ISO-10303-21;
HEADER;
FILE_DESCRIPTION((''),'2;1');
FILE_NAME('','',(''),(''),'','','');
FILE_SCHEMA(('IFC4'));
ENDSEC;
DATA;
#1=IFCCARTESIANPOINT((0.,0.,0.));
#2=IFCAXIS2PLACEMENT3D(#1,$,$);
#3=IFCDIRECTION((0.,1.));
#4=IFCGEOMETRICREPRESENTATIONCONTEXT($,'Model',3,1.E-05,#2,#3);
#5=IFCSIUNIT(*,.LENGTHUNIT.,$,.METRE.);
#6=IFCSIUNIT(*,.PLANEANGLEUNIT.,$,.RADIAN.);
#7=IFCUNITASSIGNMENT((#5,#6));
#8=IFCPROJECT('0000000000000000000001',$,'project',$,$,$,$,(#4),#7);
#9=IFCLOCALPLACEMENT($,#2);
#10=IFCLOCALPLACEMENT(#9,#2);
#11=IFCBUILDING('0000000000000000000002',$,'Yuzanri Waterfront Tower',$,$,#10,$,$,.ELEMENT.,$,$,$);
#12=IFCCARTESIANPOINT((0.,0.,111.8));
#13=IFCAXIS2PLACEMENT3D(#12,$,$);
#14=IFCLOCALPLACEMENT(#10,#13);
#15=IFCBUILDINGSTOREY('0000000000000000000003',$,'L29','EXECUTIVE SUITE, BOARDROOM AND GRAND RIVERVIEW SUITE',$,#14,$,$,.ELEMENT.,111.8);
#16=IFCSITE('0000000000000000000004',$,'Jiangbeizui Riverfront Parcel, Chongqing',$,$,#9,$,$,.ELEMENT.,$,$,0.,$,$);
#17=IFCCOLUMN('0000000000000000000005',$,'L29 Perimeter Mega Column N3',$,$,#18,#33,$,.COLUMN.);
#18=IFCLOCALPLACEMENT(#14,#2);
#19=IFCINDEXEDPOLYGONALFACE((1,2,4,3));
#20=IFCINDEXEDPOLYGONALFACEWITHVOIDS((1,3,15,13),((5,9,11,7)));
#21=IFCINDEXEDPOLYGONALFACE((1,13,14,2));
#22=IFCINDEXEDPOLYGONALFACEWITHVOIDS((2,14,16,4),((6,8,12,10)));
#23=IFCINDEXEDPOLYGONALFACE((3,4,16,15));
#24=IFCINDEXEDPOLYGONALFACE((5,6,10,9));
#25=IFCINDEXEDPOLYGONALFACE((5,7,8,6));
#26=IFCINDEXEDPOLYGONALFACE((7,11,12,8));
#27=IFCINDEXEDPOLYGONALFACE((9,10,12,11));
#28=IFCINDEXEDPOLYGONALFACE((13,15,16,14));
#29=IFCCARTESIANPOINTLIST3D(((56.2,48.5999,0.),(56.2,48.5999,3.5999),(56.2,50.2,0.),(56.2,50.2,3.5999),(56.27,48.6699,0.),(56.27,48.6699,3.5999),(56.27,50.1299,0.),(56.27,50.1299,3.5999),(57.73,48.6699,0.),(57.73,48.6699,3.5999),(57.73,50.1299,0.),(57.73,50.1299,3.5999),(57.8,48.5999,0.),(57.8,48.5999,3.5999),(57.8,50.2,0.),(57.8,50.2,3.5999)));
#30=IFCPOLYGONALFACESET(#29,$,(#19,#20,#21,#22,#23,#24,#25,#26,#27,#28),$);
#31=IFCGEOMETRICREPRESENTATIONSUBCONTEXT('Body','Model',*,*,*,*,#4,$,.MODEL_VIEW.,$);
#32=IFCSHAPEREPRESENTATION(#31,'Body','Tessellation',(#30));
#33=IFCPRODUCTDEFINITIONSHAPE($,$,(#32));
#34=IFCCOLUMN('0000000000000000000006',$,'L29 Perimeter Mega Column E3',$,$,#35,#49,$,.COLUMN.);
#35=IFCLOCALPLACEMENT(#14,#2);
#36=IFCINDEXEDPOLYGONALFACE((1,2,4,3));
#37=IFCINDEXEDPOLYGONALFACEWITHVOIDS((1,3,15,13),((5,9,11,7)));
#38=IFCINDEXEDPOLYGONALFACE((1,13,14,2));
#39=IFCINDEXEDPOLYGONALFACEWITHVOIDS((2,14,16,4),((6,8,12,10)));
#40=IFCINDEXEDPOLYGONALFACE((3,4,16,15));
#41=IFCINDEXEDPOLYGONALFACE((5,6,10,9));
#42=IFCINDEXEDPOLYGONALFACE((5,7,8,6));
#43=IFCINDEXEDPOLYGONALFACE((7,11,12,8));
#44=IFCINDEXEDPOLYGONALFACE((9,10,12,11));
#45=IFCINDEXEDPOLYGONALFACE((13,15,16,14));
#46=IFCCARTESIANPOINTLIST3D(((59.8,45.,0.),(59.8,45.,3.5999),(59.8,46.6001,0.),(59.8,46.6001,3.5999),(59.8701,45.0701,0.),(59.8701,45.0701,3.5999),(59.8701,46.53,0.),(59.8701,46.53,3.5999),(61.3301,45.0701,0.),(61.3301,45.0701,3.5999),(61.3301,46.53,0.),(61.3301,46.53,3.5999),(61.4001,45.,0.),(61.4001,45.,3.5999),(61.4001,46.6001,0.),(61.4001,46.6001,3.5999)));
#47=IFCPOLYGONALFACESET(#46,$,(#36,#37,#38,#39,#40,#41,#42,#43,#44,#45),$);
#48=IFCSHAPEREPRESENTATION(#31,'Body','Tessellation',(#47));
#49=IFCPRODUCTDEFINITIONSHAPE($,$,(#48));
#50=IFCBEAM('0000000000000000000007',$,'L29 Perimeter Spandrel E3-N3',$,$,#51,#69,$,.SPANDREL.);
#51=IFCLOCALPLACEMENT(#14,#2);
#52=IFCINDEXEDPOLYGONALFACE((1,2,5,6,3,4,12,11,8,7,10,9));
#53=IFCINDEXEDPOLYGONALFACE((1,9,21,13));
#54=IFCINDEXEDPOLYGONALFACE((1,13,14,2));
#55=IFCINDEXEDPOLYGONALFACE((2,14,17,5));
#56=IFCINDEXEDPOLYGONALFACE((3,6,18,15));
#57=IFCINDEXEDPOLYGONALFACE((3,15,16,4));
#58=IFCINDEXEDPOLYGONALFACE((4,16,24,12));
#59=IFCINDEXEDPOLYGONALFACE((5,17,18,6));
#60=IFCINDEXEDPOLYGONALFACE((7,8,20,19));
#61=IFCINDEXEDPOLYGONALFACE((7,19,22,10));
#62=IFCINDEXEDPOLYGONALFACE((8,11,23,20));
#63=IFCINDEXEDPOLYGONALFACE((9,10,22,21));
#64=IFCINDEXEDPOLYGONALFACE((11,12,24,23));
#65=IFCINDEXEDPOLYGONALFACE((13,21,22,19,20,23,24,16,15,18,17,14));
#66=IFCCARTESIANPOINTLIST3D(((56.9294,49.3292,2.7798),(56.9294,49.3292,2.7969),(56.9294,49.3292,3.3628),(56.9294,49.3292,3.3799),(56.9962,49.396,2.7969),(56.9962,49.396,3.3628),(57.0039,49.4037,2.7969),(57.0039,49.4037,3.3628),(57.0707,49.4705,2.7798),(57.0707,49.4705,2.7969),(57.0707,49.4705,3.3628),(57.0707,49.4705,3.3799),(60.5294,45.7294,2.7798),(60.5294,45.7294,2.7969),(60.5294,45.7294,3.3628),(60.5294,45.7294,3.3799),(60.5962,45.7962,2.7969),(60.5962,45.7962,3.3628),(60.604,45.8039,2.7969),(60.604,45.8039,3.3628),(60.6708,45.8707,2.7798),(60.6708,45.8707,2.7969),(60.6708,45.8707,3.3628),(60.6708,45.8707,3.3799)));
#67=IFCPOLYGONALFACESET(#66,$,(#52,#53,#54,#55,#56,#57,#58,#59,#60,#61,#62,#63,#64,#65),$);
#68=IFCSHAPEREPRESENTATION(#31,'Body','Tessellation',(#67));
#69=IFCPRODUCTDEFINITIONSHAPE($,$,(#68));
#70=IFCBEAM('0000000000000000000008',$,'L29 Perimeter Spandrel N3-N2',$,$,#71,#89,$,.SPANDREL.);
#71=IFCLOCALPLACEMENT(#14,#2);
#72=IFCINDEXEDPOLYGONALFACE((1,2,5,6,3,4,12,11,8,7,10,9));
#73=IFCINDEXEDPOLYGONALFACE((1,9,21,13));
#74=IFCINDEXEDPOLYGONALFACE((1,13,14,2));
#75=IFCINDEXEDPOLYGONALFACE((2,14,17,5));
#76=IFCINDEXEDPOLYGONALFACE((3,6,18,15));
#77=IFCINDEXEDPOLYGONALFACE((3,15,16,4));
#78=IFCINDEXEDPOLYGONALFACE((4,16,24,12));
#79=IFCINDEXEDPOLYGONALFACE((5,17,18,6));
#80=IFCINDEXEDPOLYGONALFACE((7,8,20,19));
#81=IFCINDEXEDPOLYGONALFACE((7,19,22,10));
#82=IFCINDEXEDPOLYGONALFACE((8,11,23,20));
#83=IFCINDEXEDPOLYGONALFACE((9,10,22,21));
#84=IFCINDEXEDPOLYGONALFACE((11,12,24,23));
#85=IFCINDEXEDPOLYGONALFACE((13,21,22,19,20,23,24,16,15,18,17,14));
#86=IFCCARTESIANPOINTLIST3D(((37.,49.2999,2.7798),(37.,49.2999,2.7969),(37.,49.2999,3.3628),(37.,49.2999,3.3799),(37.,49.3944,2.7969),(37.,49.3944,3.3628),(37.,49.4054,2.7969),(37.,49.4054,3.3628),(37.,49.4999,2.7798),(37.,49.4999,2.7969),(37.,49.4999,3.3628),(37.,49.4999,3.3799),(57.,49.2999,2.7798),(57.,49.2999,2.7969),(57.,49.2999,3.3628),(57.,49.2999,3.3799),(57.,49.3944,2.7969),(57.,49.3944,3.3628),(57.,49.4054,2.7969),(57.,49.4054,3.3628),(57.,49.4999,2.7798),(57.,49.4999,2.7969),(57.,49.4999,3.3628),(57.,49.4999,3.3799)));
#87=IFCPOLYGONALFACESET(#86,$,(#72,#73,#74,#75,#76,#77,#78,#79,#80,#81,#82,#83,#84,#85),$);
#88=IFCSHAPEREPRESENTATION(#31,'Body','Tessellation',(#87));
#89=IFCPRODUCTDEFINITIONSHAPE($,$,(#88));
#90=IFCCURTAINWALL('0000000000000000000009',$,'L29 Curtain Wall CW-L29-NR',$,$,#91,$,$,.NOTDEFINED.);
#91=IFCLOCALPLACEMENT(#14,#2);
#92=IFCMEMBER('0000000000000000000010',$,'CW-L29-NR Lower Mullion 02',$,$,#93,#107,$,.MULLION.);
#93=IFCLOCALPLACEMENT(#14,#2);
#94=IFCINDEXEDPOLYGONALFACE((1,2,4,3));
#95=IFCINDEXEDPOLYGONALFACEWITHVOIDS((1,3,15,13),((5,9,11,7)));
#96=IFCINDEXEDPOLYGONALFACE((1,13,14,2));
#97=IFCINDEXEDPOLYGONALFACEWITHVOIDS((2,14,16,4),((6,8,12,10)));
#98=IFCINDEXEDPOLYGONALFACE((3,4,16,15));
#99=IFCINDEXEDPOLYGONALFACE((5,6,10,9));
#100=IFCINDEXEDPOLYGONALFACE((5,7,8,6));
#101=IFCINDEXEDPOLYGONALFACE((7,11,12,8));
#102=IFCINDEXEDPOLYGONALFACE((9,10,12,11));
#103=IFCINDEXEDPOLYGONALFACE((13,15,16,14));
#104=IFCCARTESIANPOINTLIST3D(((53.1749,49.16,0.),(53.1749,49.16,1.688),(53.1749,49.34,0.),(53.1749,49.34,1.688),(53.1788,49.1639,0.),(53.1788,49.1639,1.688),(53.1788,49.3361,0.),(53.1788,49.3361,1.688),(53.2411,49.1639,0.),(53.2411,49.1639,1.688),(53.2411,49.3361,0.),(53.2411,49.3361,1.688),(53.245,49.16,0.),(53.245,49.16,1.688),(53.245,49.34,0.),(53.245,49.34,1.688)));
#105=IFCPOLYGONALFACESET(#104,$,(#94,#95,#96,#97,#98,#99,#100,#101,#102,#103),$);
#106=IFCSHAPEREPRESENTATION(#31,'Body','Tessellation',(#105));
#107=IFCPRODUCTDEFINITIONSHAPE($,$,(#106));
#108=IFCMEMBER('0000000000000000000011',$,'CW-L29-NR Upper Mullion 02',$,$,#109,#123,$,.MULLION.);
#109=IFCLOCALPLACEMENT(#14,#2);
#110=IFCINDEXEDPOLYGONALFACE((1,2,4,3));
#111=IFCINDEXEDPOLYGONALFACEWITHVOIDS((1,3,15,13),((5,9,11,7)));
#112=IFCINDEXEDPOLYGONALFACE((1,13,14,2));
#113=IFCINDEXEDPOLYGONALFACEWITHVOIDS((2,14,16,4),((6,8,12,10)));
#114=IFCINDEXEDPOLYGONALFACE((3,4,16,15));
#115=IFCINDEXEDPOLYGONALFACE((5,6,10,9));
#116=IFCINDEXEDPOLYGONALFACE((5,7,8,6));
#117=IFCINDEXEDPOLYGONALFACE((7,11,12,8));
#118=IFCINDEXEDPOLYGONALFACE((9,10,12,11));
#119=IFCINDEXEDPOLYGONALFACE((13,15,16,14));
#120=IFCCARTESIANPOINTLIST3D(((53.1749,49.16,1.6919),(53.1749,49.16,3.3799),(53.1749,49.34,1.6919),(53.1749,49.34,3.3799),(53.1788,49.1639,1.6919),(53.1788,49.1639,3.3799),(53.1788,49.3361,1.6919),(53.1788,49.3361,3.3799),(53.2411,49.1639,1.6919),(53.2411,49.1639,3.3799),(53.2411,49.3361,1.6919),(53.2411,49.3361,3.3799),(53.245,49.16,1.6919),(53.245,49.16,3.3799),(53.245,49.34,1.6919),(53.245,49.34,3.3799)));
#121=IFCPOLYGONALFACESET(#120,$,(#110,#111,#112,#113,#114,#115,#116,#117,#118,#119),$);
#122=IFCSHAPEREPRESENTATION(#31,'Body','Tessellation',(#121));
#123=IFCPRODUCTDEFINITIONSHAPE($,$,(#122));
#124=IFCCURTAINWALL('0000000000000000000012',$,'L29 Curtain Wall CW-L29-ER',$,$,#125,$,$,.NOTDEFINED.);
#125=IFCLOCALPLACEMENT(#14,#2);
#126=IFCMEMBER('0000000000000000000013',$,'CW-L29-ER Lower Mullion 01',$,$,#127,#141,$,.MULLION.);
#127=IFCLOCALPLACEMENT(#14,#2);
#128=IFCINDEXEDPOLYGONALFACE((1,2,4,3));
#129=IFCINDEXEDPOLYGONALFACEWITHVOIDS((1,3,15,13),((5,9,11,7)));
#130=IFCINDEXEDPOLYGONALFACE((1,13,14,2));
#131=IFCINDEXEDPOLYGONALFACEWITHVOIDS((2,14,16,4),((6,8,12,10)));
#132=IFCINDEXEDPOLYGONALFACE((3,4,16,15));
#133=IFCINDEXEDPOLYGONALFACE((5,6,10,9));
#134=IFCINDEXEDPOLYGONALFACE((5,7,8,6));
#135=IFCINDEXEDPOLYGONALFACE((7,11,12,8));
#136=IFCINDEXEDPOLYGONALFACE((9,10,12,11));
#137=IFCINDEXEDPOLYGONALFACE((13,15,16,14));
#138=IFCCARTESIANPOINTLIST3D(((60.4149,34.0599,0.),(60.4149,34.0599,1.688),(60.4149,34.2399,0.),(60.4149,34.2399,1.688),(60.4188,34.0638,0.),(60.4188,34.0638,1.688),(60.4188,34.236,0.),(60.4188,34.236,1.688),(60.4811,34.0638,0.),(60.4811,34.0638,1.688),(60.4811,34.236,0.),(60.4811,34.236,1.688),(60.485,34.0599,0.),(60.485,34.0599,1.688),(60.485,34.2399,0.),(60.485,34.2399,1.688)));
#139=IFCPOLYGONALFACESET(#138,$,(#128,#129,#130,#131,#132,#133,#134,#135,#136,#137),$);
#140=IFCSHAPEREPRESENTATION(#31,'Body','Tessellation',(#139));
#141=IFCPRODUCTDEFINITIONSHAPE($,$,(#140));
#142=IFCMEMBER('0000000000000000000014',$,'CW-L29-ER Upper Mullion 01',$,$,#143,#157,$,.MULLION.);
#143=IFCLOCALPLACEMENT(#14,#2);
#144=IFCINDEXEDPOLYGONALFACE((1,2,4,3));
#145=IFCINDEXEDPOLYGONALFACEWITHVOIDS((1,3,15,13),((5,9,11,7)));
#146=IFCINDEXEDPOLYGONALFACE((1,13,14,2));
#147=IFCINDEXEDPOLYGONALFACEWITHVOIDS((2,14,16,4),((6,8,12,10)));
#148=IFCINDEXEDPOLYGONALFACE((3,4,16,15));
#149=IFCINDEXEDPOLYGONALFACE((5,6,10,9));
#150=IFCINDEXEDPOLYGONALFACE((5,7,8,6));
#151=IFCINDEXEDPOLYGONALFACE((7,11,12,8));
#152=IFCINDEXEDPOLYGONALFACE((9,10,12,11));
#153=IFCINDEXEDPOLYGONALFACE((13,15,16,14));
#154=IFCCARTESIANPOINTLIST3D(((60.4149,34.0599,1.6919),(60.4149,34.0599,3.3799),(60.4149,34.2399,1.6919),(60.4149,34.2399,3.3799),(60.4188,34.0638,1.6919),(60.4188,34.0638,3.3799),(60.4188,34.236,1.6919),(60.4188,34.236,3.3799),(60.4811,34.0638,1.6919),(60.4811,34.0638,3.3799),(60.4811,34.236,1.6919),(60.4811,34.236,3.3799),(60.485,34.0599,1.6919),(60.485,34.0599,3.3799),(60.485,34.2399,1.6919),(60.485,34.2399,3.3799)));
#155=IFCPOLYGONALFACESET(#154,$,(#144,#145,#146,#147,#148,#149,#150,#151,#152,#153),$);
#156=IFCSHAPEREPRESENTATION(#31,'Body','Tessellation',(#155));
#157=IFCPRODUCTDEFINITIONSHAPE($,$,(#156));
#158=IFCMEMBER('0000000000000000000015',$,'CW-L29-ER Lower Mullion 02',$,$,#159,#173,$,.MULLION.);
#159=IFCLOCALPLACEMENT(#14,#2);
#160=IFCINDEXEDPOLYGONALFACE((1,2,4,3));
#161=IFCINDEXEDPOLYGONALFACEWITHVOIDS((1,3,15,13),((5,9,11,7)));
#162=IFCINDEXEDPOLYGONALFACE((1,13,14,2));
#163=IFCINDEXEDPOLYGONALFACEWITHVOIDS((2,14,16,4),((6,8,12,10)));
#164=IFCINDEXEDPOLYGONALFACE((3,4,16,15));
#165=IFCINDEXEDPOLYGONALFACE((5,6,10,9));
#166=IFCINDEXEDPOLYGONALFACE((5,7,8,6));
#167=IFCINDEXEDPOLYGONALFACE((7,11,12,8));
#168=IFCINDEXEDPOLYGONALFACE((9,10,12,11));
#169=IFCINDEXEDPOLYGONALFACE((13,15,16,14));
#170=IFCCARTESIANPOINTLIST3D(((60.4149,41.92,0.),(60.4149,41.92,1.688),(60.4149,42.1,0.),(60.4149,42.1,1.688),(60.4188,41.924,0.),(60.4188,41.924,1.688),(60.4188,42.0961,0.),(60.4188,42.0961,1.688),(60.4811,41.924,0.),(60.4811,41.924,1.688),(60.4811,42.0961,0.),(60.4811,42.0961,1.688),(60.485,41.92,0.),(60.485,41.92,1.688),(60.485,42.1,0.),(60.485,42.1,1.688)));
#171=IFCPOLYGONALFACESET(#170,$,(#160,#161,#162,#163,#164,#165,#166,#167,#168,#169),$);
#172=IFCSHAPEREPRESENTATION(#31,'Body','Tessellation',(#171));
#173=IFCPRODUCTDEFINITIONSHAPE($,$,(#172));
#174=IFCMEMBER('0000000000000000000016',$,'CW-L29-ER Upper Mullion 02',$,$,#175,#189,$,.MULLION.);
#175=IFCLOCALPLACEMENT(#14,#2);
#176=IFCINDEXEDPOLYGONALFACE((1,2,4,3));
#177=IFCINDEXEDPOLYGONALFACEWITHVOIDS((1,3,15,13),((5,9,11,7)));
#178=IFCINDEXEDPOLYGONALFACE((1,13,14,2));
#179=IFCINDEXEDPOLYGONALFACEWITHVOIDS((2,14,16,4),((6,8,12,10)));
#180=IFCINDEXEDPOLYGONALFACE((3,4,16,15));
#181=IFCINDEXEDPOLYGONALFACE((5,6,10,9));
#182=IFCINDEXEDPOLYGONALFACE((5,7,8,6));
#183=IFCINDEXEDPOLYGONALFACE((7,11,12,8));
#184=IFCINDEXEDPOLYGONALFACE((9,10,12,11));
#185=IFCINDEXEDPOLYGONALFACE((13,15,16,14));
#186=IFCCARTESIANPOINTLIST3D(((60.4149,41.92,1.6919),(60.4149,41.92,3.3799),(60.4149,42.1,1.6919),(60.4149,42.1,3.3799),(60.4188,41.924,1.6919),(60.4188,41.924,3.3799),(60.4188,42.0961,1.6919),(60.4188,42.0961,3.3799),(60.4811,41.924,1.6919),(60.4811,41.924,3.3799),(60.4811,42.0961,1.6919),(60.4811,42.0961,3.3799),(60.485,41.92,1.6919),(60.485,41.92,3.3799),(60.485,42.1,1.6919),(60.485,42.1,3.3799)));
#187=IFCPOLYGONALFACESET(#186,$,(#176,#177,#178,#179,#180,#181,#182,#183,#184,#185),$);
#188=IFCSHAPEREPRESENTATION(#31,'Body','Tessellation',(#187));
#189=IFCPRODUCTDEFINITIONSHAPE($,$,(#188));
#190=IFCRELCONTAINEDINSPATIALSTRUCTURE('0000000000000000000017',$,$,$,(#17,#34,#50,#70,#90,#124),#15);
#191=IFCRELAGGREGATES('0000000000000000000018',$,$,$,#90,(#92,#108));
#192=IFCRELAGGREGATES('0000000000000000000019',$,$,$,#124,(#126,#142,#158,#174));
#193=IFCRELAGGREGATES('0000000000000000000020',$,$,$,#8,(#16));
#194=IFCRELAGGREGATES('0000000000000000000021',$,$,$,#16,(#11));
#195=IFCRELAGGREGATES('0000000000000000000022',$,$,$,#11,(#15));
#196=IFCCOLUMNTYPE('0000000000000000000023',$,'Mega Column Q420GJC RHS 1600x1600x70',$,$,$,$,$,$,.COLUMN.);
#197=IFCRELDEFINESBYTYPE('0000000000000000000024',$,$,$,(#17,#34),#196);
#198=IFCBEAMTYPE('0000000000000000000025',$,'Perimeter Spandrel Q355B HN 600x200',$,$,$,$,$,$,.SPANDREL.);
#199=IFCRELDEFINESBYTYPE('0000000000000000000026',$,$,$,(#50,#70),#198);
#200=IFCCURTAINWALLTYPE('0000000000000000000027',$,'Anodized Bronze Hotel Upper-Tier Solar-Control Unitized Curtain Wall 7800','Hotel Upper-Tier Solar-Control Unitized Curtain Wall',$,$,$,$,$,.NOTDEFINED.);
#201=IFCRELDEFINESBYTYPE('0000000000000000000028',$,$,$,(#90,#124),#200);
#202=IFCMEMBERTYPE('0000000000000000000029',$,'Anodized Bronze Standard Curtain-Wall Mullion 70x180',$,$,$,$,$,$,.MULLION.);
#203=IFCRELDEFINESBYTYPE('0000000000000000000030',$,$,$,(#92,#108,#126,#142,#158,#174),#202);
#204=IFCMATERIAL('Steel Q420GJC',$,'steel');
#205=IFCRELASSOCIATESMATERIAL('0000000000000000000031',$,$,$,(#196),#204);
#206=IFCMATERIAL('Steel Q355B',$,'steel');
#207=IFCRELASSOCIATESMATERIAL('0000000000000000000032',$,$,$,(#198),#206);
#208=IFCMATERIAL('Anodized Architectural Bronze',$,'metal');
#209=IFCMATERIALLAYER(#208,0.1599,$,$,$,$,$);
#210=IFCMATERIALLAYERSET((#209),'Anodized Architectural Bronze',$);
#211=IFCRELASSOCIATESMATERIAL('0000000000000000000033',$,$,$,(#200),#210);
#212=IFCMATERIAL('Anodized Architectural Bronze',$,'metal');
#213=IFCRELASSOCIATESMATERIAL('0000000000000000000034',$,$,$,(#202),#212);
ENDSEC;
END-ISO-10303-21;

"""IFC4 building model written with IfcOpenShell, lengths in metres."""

from ifc_helpers import new_model, si_unit, direction, frame, origin, origin_2d, place, context, subcontext, project, spatial, hollow_rectangle, i_section, extrude, source, transform, mapped, material, layer, layer_set, material_profile, profile_set, type_object, element, aggregate, save


model = new_model("IFC4")

# Units and contexts
model_context = context("Model", 3, precision=1e-05, world=origin(), true_north=direction((0.0, 1.0)))
body_context = subcontext(model_context, "Body", "Model", "MODEL_VIEW")
ifc_project = project(units=[si_unit("LENGTHUNIT", "METRE"), si_unit("PLANEANGLEUNIT", "RADIAN")], contexts=[model_context])

# Site, building, storey
site_placement = place(None, origin())
site = spatial("IfcSite", under=ifc_project, at=site_placement, Name="Jiangbeizui Riverfront Parcel, Chongqing", CompositionType="ELEMENT", RefElevation=0.0)
building_placement = place(site_placement, origin())
building = spatial("IfcBuilding", under=site, at=building_placement, Name="Yuzanri Waterfront Tower", CompositionType="ELEMENT")
storey_placement = place(building_placement, frame((0.0, 0.0, 111.8)))
storey = spatial("IfcBuildingStorey", under=building, at=storey_placement, Name="L29", Description="EXECUTIVE SUITE, BOARDROOM AND GRAND RIVERVIEW SUITE", CompositionType="ELEMENT", Elevation=111.8)

# Columns
ifc_material_1 = material(Name="Steel Q420GJC", Category="steel")
ifc_material_profile_1 = material_profile(ifc_material_1, hollow_rectangle(XDim=1.6001, YDim=1.6001, WallThickness=0.0701, at=origin_2d()), Name="RHS 1600x1600x70")
ifc_profile_set_1 = profile_set([ifc_material_profile_1], Name="Steel Q420GJC")
column_type = type_object("IfcColumnType", Name="Mega Column Q420GJC RHS 1600x1600x70", PredefinedType="COLUMN", material=ifc_profile_set_1)
shared_shape_1 = source(origin(), body_context, "Body", "SweptSolid", [
    extrude(hollow_rectangle(XDim=1.6001, YDim=1.6001, WallThickness=0.0701, at=origin_2d()), origin(), (0.0, 0.0, 1.0), 3.5999),
])
for number, where, z_axis, x_axis, name in (
    (1, (57.0, 49.3999, 0.0), (0.0, 0.0, 1.0), (1.0, 0.0, 0.0), "L29 Perimeter Mega Column N3"),
    (2, (60.6001, 45.8, 0.0), (0.0, 0.0, 1.0), (1.0, 0.0, 0.0), "L29 Perimeter Mega Column E3"),
):
    element("IfcColumn", number, at=place(storey_placement, frame(where, z_axis=z_axis, x_axis=x_axis)), inside=storey, type_object=column_type, Name=name, PredefinedType="COLUMN", context=body_context, shape_type="MappedRepresentation", body=[
        mapped(shared_shape_1, transform((0.0, 0.0, 0.0), scale=1.0)),
    ])

# Beams
ifc_material_2 = material(Name="Steel Q355B", Category="steel")
ifc_material_profile_2 = material_profile(ifc_material_2, i_section(OverallWidth=0.2, OverallDepth=0.6001, WebThickness=0.011, FlangeThickness=0.0171, at=origin_2d()), Name="HN 600x200x11x17")
ifc_profile_set_2 = profile_set([ifc_material_profile_2], Name="Steel Q355B")
beam_type = type_object("IfcBeamType", Name="Perimeter Spandrel Q355B HN 600x200", PredefinedType="SPANDREL", material=ifc_profile_set_2)
shared_shape_2 = source(origin(), body_context, "Body", "SweptSolid", [
    extrude(i_section(OverallWidth=0.2, OverallDepth=0.6001, WebThickness=0.011, FlangeThickness=0.0171, at=origin_2d()), origin(), (0.0, 0.0, 1.0), 5.0911),
])
beam_1_placement = place(storey_placement, frame((60.6001, 45.8, 3.0798), z_axis=(-0.707131, 0.707083, 0.0), x_axis=(-0.707083, -0.707131, 0.0)))
element("IfcBeam", 3, at=beam_1_placement, inside=storey, type_object=beam_type, Name="L29 Perimeter Spandrel E3-N3", PredefinedType="SPANDREL", context=body_context, shape_type="MappedRepresentation", body=[
    mapped(shared_shape_2, transform((0.0, 0.0, 0.0), scale=1.0)),
])
shared_shape_3 = source(origin(), body_context, "Body", "SweptSolid", [
    extrude(i_section(OverallWidth=0.2, OverallDepth=0.6001, WebThickness=0.011, FlangeThickness=0.0171, at=origin_2d()), origin(), (0.0, 0.0, 1.0), 20.0),
])
beam_2_placement = place(storey_placement, frame((57.0, 49.3999, 3.0798), z_axis=(-1.0, 0.0, 0.0), x_axis=(0.0, -1.0, 0.0)))
element("IfcBeam", 4, at=beam_2_placement, inside=storey, type_object=beam_type, Name="L29 Perimeter Spandrel N3-N2", PredefinedType="SPANDREL", context=body_context, shape_type="MappedRepresentation", body=[
    mapped(shared_shape_3, transform((0.0, 0.0, 0.0), scale=1.0)),
])

# Curtain walls, members
ifc_material_3 = material(Name="Anodized Architectural Bronze", Category="metal")
ifc_layer_1 = layer(ifc_material_3, 0.1599)
ifc_layer_set_1 = layer_set([ifc_layer_1], Name="Anodized Architectural Bronze")
curtain_wall_type = type_object("IfcCurtainWallType", Name="Anodized Bronze Hotel Upper-Tier Solar-Control Unitized Curtain Wall 7800", Description="Hotel Upper-Tier Solar-Control Unitized Curtain Wall", PredefinedType="NOTDEFINED", material=ifc_layer_set_1)
curtain_wall_1_placement = place(storey_placement, origin())
curtain_wall_1 = element("IfcCurtainWall", 5, at=curtain_wall_1_placement, inside=storey, type_object=curtain_wall_type, Name="L29 Curtain Wall CW-L29-NR", PredefinedType="NOTDEFINED")
ifc_material_4 = material(Name="Anodized Architectural Bronze", Category="metal")
ifc_material_profile_3 = material_profile(ifc_material_4, hollow_rectangle(XDim=0.0701, YDim=0.1799, WallThickness=0.0039, at=origin_2d()), Name="CWM 70x180")
ifc_profile_set_3 = profile_set([ifc_material_profile_3], Name="Anodized Architectural Bronze")
member_type = type_object("IfcMemberType", Name="Anodized Bronze Standard Curtain-Wall Mullion 70x180", PredefinedType="MULLION", material=ifc_profile_set_3)
shared_shape_4 = source(origin(), body_context, "Body", "SweptSolid", [
    extrude(hollow_rectangle(XDim=0.0701, YDim=0.1799, WallThickness=0.0039, at=origin_2d()), origin(), (0.0, 0.0, 1.0), 1.688),
])
member_1_placement = place(storey_placement, frame((53.21, 49.25, 0.0), z_axis=(0.0, 0.0, 1.0), x_axis=(1.0, 0.0, 0.0)))
member_1 = element("IfcMember", 6, at=member_1_placement, type_object=member_type, Name="CW-L29-NR Lower Mullion 02", PredefinedType="MULLION", context=body_context, shape_type="MappedRepresentation", body=[
    mapped(shared_shape_4, transform((0.0, 0.0, 0.0), scale=1.0)),
])
member_2_placement = place(storey_placement, frame((53.21, 49.25, 1.6919), z_axis=(0.0, 0.0, 1.0), x_axis=(1.0, 0.0, 0.0)))
member_2 = element("IfcMember", 7, at=member_2_placement, type_object=member_type, Name="CW-L29-NR Upper Mullion 02", PredefinedType="MULLION", context=body_context, shape_type="MappedRepresentation", body=[
    mapped(shared_shape_4, transform((0.0, 0.0, 0.0), scale=1.0)),
])
curtain_wall_2_placement = place(storey_placement, origin())
curtain_wall_2 = element("IfcCurtainWall", 8, at=curtain_wall_2_placement, inside=storey, type_object=curtain_wall_type, Name="L29 Curtain Wall CW-L29-ER", PredefinedType="NOTDEFINED")
member_3_placement = place(storey_placement, frame((60.45, 34.1499, 0.0), z_axis=(0.0, 0.0, 1.0), x_axis=(1.0, 0.0, 0.0)))
member_3 = element("IfcMember", 9, at=member_3_placement, type_object=member_type, Name="CW-L29-ER Lower Mullion 01", PredefinedType="MULLION", context=body_context, shape_type="MappedRepresentation", body=[
    mapped(shared_shape_4, transform((0.0, 0.0, 0.0), scale=1.0)),
])
member_4_placement = place(storey_placement, frame((60.45, 34.1499, 1.6919), z_axis=(0.0, 0.0, 1.0), x_axis=(1.0, 0.0, 0.0)))
member_4 = element("IfcMember", 10, at=member_4_placement, type_object=member_type, Name="CW-L29-ER Upper Mullion 01", PredefinedType="MULLION", context=body_context, shape_type="MappedRepresentation", body=[
    mapped(shared_shape_4, transform((0.0, 0.0, 0.0), scale=1.0)),
])
member_5_placement = place(storey_placement, frame((60.45, 42.01, 0.0), z_axis=(0.0, 0.0, 1.0), x_axis=(1.0, 0.0, 0.0)))
member_5 = element("IfcMember", 11, at=member_5_placement, type_object=member_type, Name="CW-L29-ER Lower Mullion 02", PredefinedType="MULLION", context=body_context, shape_type="MappedRepresentation", body=[
    mapped(shared_shape_4, transform((0.0, 0.0, 0.0), scale=1.0)),
])
member_6_placement = place(storey_placement, frame((60.45, 42.01, 1.6919), z_axis=(0.0, 0.0, 1.0), x_axis=(1.0, 0.0, 0.0)))
member_6 = element("IfcMember", 12, at=member_6_placement, type_object=member_type, Name="CW-L29-ER Upper Mullion 02", PredefinedType="MULLION", context=body_context, shape_type="MappedRepresentation", body=[
    mapped(shared_shape_4, transform((0.0, 0.0, 0.0), scale=1.0)),
])

aggregate(curtain_wall_1, [member_1, member_2])
aggregate(curtain_wall_2, [member_3, member_4, member_5, member_6])

save(model, "model.ifc")
